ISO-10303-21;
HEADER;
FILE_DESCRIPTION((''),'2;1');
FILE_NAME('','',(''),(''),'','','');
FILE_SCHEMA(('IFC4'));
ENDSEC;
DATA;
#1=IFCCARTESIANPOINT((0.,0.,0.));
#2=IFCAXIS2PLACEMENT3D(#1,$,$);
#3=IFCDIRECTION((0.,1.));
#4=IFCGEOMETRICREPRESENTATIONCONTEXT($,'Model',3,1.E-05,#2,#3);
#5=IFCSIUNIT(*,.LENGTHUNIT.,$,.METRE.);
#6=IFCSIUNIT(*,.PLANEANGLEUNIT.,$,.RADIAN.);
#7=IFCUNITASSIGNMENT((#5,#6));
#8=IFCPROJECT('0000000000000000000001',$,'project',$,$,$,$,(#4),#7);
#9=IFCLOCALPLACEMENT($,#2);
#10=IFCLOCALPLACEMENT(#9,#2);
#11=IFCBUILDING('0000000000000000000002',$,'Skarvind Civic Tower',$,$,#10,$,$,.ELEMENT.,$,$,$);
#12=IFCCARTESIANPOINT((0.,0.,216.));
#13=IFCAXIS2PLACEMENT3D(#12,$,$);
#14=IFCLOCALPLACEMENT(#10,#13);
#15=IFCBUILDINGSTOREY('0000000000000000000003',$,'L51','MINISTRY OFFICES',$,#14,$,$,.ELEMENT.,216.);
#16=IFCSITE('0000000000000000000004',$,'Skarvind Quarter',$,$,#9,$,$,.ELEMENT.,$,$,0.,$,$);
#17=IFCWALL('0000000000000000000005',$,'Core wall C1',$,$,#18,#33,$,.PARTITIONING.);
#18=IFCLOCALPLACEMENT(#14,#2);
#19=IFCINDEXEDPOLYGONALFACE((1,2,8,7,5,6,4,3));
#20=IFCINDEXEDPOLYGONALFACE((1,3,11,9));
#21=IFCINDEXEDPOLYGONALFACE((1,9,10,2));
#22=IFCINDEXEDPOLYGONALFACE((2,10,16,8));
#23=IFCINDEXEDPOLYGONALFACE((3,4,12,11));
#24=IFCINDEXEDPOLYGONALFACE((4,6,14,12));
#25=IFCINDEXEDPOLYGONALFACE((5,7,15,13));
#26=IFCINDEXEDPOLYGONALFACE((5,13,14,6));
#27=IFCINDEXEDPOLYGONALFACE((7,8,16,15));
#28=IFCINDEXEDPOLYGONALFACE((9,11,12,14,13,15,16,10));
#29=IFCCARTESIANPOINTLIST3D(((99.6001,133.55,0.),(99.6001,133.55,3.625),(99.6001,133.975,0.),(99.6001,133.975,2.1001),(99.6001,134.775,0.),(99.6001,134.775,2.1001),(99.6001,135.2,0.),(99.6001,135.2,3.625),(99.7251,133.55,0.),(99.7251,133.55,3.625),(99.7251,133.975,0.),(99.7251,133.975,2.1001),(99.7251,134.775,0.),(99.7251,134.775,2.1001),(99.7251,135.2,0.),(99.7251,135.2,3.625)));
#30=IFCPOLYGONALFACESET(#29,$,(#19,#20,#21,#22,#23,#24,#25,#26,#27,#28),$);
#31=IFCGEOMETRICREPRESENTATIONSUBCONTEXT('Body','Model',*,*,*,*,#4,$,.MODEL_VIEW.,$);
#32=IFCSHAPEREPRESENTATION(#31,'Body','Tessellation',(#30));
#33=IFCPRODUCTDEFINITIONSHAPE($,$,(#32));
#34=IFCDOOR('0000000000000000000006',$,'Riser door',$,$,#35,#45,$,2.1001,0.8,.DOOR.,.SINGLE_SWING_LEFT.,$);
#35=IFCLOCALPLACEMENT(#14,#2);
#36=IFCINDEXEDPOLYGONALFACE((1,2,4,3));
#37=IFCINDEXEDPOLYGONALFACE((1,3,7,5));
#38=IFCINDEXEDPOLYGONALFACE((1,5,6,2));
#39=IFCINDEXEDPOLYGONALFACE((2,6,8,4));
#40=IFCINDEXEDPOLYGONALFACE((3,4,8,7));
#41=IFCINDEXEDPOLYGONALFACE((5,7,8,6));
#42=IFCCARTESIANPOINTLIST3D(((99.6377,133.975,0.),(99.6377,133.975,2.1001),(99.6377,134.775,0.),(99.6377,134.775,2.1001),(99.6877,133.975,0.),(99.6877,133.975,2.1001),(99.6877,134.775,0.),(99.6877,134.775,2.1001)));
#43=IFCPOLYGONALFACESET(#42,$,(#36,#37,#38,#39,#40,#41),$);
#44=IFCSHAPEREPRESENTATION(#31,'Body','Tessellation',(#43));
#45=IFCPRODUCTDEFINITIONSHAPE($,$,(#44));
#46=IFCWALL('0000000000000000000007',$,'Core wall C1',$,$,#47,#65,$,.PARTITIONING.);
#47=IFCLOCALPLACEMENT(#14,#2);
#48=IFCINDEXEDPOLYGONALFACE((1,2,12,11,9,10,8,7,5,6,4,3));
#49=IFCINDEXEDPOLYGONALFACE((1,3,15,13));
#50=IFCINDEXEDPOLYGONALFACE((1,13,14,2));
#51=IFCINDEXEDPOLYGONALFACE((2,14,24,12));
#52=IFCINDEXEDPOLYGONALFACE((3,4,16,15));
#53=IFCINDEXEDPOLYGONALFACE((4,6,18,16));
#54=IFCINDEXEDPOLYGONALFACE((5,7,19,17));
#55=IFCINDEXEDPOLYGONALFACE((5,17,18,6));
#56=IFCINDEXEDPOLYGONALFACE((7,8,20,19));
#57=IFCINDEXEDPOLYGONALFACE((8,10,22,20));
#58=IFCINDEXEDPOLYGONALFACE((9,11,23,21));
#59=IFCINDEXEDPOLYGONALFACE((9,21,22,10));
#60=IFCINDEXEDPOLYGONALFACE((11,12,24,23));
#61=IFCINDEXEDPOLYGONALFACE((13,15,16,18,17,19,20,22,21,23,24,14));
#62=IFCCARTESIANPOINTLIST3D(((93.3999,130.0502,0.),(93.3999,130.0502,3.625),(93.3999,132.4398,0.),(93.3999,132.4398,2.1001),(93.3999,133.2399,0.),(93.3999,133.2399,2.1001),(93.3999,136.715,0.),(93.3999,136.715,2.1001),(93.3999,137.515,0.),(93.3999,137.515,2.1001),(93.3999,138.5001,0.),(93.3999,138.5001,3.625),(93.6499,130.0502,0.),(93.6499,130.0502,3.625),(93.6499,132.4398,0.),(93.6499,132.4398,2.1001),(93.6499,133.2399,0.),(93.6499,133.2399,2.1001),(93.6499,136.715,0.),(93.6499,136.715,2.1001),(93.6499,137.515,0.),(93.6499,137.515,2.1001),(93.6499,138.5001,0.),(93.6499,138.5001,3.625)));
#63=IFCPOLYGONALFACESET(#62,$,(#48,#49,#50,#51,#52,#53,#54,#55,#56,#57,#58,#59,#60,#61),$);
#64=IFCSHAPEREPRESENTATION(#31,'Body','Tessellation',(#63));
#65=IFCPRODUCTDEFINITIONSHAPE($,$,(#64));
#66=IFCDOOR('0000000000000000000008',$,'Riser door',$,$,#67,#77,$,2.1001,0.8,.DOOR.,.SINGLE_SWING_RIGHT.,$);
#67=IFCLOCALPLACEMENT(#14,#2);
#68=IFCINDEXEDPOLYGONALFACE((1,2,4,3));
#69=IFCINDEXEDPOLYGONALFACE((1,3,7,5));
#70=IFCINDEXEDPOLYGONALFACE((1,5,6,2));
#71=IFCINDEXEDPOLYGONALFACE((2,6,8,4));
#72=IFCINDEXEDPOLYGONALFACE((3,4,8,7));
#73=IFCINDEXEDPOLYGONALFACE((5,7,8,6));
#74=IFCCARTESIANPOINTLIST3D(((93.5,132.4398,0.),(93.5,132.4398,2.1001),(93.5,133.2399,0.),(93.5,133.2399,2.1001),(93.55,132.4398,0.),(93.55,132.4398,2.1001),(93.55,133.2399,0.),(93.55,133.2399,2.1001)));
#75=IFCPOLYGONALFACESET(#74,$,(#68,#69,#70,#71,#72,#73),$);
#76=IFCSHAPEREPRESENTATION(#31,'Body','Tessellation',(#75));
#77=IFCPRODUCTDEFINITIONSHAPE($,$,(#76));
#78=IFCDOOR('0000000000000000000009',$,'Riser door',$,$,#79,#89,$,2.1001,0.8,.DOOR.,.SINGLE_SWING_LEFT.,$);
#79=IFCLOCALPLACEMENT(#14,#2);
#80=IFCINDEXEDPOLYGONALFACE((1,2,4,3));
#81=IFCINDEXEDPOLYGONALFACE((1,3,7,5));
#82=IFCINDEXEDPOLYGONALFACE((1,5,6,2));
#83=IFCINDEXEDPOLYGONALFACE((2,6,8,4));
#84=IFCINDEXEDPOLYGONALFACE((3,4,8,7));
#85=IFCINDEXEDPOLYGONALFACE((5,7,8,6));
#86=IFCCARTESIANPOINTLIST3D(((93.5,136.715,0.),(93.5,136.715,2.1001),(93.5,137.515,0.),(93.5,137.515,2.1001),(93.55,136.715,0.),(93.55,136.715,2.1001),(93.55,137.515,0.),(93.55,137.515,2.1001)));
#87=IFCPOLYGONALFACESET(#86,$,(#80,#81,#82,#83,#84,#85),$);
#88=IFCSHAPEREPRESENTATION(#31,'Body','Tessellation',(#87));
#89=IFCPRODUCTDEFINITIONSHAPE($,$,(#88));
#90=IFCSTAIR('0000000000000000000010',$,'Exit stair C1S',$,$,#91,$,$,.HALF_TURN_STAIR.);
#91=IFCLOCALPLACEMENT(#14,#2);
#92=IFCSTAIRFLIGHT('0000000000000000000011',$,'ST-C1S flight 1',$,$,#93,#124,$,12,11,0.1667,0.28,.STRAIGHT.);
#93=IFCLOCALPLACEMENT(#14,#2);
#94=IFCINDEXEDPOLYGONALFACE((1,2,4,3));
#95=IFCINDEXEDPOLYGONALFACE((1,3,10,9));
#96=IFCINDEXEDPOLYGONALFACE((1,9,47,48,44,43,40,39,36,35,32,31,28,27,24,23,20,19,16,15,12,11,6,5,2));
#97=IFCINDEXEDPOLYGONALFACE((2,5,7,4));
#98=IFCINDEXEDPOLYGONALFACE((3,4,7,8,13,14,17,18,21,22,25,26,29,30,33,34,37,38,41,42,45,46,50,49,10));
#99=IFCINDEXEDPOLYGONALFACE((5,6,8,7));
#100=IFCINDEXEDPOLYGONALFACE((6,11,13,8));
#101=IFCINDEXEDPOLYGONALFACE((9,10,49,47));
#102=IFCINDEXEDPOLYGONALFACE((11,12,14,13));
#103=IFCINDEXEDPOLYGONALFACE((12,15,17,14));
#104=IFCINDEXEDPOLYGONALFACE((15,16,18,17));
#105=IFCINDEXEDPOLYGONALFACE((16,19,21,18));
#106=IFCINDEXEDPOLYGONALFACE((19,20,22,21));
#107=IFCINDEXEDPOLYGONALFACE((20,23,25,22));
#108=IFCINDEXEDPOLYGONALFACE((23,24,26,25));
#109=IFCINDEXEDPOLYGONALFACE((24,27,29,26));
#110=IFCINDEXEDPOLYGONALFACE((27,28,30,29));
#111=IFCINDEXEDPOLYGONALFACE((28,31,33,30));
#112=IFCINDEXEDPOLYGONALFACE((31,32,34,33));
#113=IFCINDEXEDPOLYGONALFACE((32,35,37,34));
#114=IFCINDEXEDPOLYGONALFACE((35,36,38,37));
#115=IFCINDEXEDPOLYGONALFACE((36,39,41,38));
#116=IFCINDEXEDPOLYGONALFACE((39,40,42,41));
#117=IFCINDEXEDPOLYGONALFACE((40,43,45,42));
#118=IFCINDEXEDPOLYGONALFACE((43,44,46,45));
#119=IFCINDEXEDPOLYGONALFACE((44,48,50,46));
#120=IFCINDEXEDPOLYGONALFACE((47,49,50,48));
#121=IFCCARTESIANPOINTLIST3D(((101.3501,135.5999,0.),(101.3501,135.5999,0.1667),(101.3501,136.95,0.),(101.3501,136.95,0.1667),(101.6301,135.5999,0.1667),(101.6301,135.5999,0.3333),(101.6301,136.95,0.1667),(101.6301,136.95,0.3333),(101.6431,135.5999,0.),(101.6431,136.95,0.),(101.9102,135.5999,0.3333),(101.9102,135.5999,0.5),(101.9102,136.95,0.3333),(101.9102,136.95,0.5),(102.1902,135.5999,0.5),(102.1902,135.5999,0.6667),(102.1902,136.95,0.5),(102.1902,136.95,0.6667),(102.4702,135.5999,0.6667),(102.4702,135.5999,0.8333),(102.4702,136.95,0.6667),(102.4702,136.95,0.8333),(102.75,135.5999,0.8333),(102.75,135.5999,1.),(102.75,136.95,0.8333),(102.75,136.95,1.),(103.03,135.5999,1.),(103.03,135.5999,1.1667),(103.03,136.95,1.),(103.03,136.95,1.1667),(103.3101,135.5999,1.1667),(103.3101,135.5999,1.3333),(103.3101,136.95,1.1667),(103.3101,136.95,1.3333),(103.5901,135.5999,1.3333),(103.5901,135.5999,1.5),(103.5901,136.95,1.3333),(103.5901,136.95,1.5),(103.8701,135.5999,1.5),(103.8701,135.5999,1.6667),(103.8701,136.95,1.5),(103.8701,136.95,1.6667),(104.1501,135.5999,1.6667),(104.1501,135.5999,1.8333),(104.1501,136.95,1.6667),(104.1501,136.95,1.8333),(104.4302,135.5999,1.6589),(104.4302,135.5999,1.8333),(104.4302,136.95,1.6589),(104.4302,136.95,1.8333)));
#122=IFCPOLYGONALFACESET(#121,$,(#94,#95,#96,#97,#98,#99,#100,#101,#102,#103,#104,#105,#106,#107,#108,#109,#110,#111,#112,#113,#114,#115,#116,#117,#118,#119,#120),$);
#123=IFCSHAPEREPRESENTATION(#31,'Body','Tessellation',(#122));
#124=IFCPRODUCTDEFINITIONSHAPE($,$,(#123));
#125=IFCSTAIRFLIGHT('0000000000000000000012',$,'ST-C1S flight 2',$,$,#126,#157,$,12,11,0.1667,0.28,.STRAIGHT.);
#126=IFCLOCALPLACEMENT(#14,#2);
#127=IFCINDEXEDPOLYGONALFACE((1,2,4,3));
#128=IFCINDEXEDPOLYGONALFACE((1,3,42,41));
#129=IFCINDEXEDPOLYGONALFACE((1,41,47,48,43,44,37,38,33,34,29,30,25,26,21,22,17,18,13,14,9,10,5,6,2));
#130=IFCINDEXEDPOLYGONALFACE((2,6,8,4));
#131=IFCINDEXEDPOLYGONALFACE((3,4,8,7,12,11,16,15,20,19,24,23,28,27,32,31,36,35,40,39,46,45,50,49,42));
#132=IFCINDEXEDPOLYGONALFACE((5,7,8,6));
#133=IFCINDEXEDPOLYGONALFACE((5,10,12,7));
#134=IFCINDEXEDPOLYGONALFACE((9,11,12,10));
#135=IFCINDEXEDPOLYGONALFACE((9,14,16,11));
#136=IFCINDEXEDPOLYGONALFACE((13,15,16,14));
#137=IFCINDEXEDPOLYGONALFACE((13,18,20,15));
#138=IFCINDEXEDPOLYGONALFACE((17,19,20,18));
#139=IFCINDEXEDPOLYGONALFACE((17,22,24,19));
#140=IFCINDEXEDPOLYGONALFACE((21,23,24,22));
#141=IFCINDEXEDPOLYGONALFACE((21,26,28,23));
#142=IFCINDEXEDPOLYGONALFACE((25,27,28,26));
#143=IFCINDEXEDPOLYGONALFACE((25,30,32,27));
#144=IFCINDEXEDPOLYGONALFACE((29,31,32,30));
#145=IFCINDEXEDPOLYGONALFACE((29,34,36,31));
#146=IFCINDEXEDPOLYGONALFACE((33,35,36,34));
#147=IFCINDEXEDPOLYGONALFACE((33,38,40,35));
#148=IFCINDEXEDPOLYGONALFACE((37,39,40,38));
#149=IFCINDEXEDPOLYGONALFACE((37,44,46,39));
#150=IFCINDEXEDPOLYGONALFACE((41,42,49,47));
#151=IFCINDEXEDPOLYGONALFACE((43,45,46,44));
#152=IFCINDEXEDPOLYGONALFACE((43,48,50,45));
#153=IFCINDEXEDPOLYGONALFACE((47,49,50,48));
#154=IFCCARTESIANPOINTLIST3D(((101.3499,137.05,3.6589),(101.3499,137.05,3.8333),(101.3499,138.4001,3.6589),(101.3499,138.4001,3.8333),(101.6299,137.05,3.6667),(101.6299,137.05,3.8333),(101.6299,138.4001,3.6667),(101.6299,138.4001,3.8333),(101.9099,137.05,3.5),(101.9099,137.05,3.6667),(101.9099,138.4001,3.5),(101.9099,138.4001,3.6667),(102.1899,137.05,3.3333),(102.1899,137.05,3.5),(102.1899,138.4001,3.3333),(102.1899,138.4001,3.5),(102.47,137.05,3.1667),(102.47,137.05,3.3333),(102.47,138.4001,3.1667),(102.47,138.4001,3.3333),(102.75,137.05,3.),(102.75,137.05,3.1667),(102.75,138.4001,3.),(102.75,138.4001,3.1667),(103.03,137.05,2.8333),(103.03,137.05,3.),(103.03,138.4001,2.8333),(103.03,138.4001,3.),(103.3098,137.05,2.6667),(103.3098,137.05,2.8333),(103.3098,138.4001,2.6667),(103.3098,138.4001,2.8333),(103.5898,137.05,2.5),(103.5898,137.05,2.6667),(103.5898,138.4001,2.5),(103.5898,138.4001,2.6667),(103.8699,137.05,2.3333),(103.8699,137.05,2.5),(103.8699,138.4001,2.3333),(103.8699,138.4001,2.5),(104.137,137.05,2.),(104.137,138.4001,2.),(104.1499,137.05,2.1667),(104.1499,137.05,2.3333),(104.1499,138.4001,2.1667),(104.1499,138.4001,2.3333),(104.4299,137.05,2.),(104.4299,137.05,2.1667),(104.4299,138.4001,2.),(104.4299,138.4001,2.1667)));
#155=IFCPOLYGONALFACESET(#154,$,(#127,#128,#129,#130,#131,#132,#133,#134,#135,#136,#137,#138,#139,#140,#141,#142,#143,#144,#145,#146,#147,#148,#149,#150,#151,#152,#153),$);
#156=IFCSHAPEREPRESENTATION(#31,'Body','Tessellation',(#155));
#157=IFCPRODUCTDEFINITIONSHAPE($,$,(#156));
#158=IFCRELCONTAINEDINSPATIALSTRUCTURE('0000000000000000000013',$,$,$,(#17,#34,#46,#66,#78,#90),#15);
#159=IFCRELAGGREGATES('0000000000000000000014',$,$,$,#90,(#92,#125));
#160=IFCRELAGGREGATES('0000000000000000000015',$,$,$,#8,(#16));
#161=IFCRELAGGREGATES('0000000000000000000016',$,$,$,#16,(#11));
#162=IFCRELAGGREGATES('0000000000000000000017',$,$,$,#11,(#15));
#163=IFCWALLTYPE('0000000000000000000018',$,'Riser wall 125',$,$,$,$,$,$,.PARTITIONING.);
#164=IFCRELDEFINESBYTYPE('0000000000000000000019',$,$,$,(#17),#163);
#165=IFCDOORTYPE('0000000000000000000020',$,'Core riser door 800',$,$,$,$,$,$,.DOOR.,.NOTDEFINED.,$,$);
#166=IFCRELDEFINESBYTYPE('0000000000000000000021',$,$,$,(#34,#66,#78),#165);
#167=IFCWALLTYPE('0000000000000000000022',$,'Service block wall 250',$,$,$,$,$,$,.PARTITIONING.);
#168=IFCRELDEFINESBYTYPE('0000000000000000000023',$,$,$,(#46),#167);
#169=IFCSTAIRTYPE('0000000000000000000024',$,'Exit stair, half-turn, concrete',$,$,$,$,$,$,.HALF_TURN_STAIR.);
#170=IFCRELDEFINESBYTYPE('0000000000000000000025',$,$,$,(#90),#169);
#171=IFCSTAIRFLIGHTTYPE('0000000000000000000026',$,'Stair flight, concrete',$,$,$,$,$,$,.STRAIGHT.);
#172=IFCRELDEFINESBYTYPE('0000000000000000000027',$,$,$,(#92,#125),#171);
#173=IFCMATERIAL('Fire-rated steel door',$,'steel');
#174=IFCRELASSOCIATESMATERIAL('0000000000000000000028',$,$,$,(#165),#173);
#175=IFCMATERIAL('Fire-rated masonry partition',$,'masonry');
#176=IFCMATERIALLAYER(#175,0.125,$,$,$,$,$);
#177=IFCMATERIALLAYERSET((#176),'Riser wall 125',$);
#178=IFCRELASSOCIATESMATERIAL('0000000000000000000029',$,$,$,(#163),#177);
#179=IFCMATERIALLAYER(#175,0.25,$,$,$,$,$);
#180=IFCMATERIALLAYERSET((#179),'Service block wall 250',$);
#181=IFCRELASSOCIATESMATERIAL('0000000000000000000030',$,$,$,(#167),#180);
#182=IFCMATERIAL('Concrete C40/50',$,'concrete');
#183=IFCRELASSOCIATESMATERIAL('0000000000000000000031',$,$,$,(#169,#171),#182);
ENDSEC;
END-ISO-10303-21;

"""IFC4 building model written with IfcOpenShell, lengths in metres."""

from ifc_helpers import new_model, si_unit, direction, frame, frame_2d, origin, place, context, subcontext, project, spatial, polyline, rectangle, outline, extrude, material, layer, layer_set, type_object, element, fill, aggregate, save


model = new_model("IFC4")

# Units and contexts
model_context = context("Model", 3, precision=1e-05, world=origin(), true_north=direction((0.0, 1.0)))
body_context = subcontext(model_context, "Body", "Model", "MODEL_VIEW")
ifc_project = project(units=[si_unit("LENGTHUNIT", "METRE"), si_unit("PLANEANGLEUNIT", "RADIAN")], contexts=[model_context])

# Site, building, storey
site_placement = place(None, origin())
site = spatial("IfcSite", under=ifc_project, at=site_placement, Name="Skarvind Quarter", CompositionType="ELEMENT", RefElevation=0.0)
building_placement = place(site_placement, origin())
building = spatial("IfcBuilding", under=site, at=building_placement, Name="Skarvind Civic Tower", CompositionType="ELEMENT")
storey_placement = place(building_placement, frame((0.0, 0.0, 216.0)))
storey = spatial("IfcBuildingStorey", under=building, at=storey_placement, Name="L51", Description="MINISTRY OFFICES", CompositionType="ELEMENT", Elevation=216.0)

# Shared definitions
ifc_material_1 = material(Name="Fire-rated masonry partition", Category="masonry")
ifc_material_2 = material(Name="Fire-rated steel door", Category="steel")

# Shared definitions
door_type_1 = type_object("IfcDoorType", Name="Core riser door 800", OperationType="NOTDEFINED", PredefinedType="DOOR", material=ifc_material_2)

# Wall, opening, door
ifc_layer_1 = layer(ifc_material_1, 0.125)
ifc_layer_set_1 = layer_set([ifc_layer_1], Name="Riser wall 125")
wall_type_1 = type_object("IfcWallType", Name="Riser wall 125", PredefinedType="PARTITIONING", material=ifc_layer_set_1)
wall_1_placement = place(storey_placement, frame((99.6626, 133.55, 0.0), z_axis=(0.0, 0.0, 1.0), x_axis=(0.0, 1.0, 0.0)))
wall_1 = element("IfcWall", 1, at=wall_1_placement, inside=storey, type_object=wall_type_1, Name="Core wall C1", PredefinedType="PARTITIONING", context=body_context, shape_type="SweptSolid", body=[
    extrude(rectangle(XDim=1.6499, YDim=0.125, at=frame_2d((0.825, 0.0))), origin(), (0.0, 0.0, 1.0), 3.625),
])
opening_1_placement = place(wall_1_placement, frame((0.425, 0.0, 0.0)))
opening_1 = element("IfcOpeningElement", 2, at=opening_1_placement, cuts=wall_1, PredefinedType="OPENING", context=body_context, shape_type="SweptSolid", body=[
    extrude(rectangle(XDim=0.8, YDim=2.1001, at=frame_2d((0.3999, 1.05))), frame((0.0, 0.0725, 0.0), z_axis=(0.0, -1.0, 0.0), x_axis=(1.0, 0.0, 0.0)), (0.0, 0.0, 1.0), 0.145),
])
door_1_placement = place(opening_1_placement, origin())
door_1 = element("IfcDoor", 3, at=door_1_placement, inside=storey, type_object=door_type_1, Name="Riser door", OperationType="SINGLE_SWING_LEFT", OverallHeight=2.1001, OverallWidth=0.8, PredefinedType="DOOR", context=body_context, shape_type="SweptSolid", body=[
    extrude(rectangle(XDim=0.8, YDim=2.1001, at=frame_2d((0.3999, 1.05))), frame((0.0, 0.0249, 0.0), z_axis=(0.0, -1.0, 0.0), x_axis=(1.0, 0.0, 0.0)), (0.0, 0.0, 1.0), 0.05),
])
fill(opening_1, door_1)

# Wall, openings, doors
ifc_layer_2 = layer(ifc_material_1, 0.25)
ifc_layer_set_2 = layer_set([ifc_layer_2], Name="Service block wall 250")
wall_type_2 = type_object("IfcWallType", Name="Service block wall 250", PredefinedType="PARTITIONING", material=ifc_layer_set_2)
wall_2_placement = place(storey_placement, frame((93.5249, 130.05, 0.0), z_axis=(0.0, 0.0, 1.0), x_axis=(0.0, 1.0, 0.0)))
wall_2 = element("IfcWall", 4, at=wall_2_placement, inside=storey, type_object=wall_type_2, Name="Core wall C1", PredefinedType="PARTITIONING", context=body_context, shape_type="SweptSolid", body=[
    extrude(rectangle(XDim=8.45, YDim=0.25, at=frame_2d((4.2251, 0.0))), origin(), (0.0, 0.0, 1.0), 3.625),
])
opening_2_placement = place(wall_2_placement, frame((2.3899, 0.0, 0.0)))
opening_2 = element("IfcOpeningElement", 5, at=opening_2_placement, cuts=wall_2, PredefinedType="OPENING", context=body_context, shape_type="SweptSolid", body=[
    extrude(rectangle(XDim=0.8, YDim=2.1001, at=frame_2d((0.3999, 1.05))), frame((0.0, 0.135, 0.0), z_axis=(0.0, -1.0, 0.0), x_axis=(1.0, 0.0, 0.0)), (0.0, 0.0, 1.0), 0.27),
])
opening_3_placement = place(wall_2_placement, frame((6.665, 0.0, 0.0)))
opening_3 = element("IfcOpeningElement", 6, at=opening_3_placement, cuts=wall_2, PredefinedType="OPENING", context=body_context, shape_type="SweptSolid", body=[
    extrude(rectangle(XDim=0.8, YDim=2.1001, at=frame_2d((0.3999, 1.05))), frame((0.0, 0.135, 0.0), z_axis=(0.0, -1.0, 0.0), x_axis=(1.0, 0.0, 0.0)), (0.0, 0.0, 1.0), 0.27),
])
door_2_placement = place(opening_2_placement, origin())
door_2 = element("IfcDoor", 7, at=door_2_placement, inside=storey, type_object=door_type_1, Name="Riser door", OperationType="SINGLE_SWING_RIGHT", OverallHeight=2.1001, OverallWidth=0.8, PredefinedType="DOOR", context=body_context, shape_type="SweptSolid", body=[
    extrude(rectangle(XDim=0.8, YDim=2.1001, at=frame_2d((0.3999, 1.05))), frame((0.0, 0.0249, 0.0), z_axis=(0.0, -1.0, 0.0), x_axis=(1.0, 0.0, 0.0)), (0.0, 0.0, 1.0), 0.05),
])
fill(opening_2, door_2)
door_3_placement = place(opening_3_placement, origin())
door_3 = element("IfcDoor", 8, at=door_3_placement, inside=storey, type_object=door_type_1, Name="Riser door", OperationType="SINGLE_SWING_LEFT", OverallHeight=2.1001, OverallWidth=0.8, PredefinedType="DOOR", context=body_context, shape_type="SweptSolid", body=[
    extrude(rectangle(XDim=0.8, YDim=2.1001, at=frame_2d((0.3999, 1.05))), frame((0.0, 0.0249, 0.0), z_axis=(0.0, -1.0, 0.0), x_axis=(1.0, 0.0, 0.0)), (0.0, 0.0, 1.0), 0.05),
])
fill(opening_3, door_3)

# Stair, stair flights
ifc_material_3 = material(Name="Concrete C40/50", Category="concrete")
stair_type = type_object("IfcStairType", Name="Exit stair, half-turn, concrete", PredefinedType="HALF_TURN_STAIR", material=ifc_material_3)
stair_placement = place(storey_placement, origin())
stair = element("IfcStair", 9, at=stair_placement, inside=storey, type_object=stair_type, Name="Exit stair C1S", PredefinedType="HALF_TURN_STAIR")
stair_flight_type = type_object("IfcStairFlightType", Name="Stair flight, concrete", PredefinedType="STRAIGHT", material=ifc_material_3)
stair_flight_1_placement = place(storey_placement, frame((101.3501, 136.2749, 0.0), z_axis=(0.0, 0.0, 1.0), x_axis=(1.0, 0.0, 0.0)))
stair_flight_1 = element("IfcStairFlight", 10, at=stair_flight_1_placement, type_object=stair_flight_type, Name="ST-C1S flight 1", NumberOfRisers=12, NumberOfTreads=11, PredefinedType="STRAIGHT", RiserHeight=0.1667, TreadLength=0.28, context=body_context, shape_type="SweptSolid", body=[
    extrude(outline(polyline([(0.0, 0.0), (0.0, 0.1667), (0.28, 0.1667), (0.28, 0.3333), (0.5601, 0.3333), (0.5601, 0.5), (0.8401, 0.5), (0.8401, 0.6667), (1.1201, 0.6667), (1.1201, 0.8333), (1.3999, 0.8333), (1.3999, 1.0), (1.6799, 1.0), (1.6799, 1.1667), (1.96, 1.1667), (1.96, 1.3333), (2.24, 1.3333), (2.24, 1.5), (2.52, 1.5), (2.52, 1.6667), (2.8, 1.6667), (2.8, 1.8333), (3.0801, 1.8333), (3.0801, 2.0), (3.0801, 1.6589), (0.293, 0.0), (0.0, 0.0)])), frame((0.0, 0.675, 0.0), z_axis=(0.0, -1.0, 0.0), x_axis=(1.0, 0.0, 0.0)), (0.0, 0.0, 1.0), 1.3501),
])
stair_flight_2_placement = place(storey_placement, frame((104.4299, 137.7251, 2.0), z_axis=(0.0, 0.0, 1.0), x_axis=(-1.0, 0.0, 0.0)))
stair_flight_2 = element("IfcStairFlight", 11, at=stair_flight_2_placement, type_object=stair_flight_type, Name="ST-C1S flight 2", NumberOfRisers=12, NumberOfTreads=11, PredefinedType="STRAIGHT", RiserHeight=0.1667, TreadLength=0.28, context=body_context, shape_type="SweptSolid", body=[
    extrude(outline(polyline([(0.0, 0.0), (0.0, 0.1667), (0.28, 0.1667), (0.28, 0.3333), (0.5601, 0.3333), (0.5601, 0.5), (0.8401, 0.5), (0.8401, 0.6667), (1.1201, 0.6667), (1.1201, 0.8333), (1.3999, 0.8333), (1.3999, 1.0), (1.6799, 1.0), (1.6799, 1.1667), (1.96, 1.1667), (1.96, 1.3333), (2.24, 1.3333), (2.24, 1.5), (2.52, 1.5), (2.52, 1.6667), (2.8, 1.6667), (2.8, 1.8333), (3.0801, 1.8333), (3.0801, 2.0), (3.0801, 1.6589), (0.293, 0.0), (0.0, 0.0)])), frame((0.0, 0.675, 0.0), z_axis=(0.0, -1.0, 0.0), x_axis=(1.0, 0.0, 0.0)), (0.0, 0.0, 1.0), 1.3501),
])
aggregate(stair, [stair_flight_1, stair_flight_2])

save(model, "model.ifc")
